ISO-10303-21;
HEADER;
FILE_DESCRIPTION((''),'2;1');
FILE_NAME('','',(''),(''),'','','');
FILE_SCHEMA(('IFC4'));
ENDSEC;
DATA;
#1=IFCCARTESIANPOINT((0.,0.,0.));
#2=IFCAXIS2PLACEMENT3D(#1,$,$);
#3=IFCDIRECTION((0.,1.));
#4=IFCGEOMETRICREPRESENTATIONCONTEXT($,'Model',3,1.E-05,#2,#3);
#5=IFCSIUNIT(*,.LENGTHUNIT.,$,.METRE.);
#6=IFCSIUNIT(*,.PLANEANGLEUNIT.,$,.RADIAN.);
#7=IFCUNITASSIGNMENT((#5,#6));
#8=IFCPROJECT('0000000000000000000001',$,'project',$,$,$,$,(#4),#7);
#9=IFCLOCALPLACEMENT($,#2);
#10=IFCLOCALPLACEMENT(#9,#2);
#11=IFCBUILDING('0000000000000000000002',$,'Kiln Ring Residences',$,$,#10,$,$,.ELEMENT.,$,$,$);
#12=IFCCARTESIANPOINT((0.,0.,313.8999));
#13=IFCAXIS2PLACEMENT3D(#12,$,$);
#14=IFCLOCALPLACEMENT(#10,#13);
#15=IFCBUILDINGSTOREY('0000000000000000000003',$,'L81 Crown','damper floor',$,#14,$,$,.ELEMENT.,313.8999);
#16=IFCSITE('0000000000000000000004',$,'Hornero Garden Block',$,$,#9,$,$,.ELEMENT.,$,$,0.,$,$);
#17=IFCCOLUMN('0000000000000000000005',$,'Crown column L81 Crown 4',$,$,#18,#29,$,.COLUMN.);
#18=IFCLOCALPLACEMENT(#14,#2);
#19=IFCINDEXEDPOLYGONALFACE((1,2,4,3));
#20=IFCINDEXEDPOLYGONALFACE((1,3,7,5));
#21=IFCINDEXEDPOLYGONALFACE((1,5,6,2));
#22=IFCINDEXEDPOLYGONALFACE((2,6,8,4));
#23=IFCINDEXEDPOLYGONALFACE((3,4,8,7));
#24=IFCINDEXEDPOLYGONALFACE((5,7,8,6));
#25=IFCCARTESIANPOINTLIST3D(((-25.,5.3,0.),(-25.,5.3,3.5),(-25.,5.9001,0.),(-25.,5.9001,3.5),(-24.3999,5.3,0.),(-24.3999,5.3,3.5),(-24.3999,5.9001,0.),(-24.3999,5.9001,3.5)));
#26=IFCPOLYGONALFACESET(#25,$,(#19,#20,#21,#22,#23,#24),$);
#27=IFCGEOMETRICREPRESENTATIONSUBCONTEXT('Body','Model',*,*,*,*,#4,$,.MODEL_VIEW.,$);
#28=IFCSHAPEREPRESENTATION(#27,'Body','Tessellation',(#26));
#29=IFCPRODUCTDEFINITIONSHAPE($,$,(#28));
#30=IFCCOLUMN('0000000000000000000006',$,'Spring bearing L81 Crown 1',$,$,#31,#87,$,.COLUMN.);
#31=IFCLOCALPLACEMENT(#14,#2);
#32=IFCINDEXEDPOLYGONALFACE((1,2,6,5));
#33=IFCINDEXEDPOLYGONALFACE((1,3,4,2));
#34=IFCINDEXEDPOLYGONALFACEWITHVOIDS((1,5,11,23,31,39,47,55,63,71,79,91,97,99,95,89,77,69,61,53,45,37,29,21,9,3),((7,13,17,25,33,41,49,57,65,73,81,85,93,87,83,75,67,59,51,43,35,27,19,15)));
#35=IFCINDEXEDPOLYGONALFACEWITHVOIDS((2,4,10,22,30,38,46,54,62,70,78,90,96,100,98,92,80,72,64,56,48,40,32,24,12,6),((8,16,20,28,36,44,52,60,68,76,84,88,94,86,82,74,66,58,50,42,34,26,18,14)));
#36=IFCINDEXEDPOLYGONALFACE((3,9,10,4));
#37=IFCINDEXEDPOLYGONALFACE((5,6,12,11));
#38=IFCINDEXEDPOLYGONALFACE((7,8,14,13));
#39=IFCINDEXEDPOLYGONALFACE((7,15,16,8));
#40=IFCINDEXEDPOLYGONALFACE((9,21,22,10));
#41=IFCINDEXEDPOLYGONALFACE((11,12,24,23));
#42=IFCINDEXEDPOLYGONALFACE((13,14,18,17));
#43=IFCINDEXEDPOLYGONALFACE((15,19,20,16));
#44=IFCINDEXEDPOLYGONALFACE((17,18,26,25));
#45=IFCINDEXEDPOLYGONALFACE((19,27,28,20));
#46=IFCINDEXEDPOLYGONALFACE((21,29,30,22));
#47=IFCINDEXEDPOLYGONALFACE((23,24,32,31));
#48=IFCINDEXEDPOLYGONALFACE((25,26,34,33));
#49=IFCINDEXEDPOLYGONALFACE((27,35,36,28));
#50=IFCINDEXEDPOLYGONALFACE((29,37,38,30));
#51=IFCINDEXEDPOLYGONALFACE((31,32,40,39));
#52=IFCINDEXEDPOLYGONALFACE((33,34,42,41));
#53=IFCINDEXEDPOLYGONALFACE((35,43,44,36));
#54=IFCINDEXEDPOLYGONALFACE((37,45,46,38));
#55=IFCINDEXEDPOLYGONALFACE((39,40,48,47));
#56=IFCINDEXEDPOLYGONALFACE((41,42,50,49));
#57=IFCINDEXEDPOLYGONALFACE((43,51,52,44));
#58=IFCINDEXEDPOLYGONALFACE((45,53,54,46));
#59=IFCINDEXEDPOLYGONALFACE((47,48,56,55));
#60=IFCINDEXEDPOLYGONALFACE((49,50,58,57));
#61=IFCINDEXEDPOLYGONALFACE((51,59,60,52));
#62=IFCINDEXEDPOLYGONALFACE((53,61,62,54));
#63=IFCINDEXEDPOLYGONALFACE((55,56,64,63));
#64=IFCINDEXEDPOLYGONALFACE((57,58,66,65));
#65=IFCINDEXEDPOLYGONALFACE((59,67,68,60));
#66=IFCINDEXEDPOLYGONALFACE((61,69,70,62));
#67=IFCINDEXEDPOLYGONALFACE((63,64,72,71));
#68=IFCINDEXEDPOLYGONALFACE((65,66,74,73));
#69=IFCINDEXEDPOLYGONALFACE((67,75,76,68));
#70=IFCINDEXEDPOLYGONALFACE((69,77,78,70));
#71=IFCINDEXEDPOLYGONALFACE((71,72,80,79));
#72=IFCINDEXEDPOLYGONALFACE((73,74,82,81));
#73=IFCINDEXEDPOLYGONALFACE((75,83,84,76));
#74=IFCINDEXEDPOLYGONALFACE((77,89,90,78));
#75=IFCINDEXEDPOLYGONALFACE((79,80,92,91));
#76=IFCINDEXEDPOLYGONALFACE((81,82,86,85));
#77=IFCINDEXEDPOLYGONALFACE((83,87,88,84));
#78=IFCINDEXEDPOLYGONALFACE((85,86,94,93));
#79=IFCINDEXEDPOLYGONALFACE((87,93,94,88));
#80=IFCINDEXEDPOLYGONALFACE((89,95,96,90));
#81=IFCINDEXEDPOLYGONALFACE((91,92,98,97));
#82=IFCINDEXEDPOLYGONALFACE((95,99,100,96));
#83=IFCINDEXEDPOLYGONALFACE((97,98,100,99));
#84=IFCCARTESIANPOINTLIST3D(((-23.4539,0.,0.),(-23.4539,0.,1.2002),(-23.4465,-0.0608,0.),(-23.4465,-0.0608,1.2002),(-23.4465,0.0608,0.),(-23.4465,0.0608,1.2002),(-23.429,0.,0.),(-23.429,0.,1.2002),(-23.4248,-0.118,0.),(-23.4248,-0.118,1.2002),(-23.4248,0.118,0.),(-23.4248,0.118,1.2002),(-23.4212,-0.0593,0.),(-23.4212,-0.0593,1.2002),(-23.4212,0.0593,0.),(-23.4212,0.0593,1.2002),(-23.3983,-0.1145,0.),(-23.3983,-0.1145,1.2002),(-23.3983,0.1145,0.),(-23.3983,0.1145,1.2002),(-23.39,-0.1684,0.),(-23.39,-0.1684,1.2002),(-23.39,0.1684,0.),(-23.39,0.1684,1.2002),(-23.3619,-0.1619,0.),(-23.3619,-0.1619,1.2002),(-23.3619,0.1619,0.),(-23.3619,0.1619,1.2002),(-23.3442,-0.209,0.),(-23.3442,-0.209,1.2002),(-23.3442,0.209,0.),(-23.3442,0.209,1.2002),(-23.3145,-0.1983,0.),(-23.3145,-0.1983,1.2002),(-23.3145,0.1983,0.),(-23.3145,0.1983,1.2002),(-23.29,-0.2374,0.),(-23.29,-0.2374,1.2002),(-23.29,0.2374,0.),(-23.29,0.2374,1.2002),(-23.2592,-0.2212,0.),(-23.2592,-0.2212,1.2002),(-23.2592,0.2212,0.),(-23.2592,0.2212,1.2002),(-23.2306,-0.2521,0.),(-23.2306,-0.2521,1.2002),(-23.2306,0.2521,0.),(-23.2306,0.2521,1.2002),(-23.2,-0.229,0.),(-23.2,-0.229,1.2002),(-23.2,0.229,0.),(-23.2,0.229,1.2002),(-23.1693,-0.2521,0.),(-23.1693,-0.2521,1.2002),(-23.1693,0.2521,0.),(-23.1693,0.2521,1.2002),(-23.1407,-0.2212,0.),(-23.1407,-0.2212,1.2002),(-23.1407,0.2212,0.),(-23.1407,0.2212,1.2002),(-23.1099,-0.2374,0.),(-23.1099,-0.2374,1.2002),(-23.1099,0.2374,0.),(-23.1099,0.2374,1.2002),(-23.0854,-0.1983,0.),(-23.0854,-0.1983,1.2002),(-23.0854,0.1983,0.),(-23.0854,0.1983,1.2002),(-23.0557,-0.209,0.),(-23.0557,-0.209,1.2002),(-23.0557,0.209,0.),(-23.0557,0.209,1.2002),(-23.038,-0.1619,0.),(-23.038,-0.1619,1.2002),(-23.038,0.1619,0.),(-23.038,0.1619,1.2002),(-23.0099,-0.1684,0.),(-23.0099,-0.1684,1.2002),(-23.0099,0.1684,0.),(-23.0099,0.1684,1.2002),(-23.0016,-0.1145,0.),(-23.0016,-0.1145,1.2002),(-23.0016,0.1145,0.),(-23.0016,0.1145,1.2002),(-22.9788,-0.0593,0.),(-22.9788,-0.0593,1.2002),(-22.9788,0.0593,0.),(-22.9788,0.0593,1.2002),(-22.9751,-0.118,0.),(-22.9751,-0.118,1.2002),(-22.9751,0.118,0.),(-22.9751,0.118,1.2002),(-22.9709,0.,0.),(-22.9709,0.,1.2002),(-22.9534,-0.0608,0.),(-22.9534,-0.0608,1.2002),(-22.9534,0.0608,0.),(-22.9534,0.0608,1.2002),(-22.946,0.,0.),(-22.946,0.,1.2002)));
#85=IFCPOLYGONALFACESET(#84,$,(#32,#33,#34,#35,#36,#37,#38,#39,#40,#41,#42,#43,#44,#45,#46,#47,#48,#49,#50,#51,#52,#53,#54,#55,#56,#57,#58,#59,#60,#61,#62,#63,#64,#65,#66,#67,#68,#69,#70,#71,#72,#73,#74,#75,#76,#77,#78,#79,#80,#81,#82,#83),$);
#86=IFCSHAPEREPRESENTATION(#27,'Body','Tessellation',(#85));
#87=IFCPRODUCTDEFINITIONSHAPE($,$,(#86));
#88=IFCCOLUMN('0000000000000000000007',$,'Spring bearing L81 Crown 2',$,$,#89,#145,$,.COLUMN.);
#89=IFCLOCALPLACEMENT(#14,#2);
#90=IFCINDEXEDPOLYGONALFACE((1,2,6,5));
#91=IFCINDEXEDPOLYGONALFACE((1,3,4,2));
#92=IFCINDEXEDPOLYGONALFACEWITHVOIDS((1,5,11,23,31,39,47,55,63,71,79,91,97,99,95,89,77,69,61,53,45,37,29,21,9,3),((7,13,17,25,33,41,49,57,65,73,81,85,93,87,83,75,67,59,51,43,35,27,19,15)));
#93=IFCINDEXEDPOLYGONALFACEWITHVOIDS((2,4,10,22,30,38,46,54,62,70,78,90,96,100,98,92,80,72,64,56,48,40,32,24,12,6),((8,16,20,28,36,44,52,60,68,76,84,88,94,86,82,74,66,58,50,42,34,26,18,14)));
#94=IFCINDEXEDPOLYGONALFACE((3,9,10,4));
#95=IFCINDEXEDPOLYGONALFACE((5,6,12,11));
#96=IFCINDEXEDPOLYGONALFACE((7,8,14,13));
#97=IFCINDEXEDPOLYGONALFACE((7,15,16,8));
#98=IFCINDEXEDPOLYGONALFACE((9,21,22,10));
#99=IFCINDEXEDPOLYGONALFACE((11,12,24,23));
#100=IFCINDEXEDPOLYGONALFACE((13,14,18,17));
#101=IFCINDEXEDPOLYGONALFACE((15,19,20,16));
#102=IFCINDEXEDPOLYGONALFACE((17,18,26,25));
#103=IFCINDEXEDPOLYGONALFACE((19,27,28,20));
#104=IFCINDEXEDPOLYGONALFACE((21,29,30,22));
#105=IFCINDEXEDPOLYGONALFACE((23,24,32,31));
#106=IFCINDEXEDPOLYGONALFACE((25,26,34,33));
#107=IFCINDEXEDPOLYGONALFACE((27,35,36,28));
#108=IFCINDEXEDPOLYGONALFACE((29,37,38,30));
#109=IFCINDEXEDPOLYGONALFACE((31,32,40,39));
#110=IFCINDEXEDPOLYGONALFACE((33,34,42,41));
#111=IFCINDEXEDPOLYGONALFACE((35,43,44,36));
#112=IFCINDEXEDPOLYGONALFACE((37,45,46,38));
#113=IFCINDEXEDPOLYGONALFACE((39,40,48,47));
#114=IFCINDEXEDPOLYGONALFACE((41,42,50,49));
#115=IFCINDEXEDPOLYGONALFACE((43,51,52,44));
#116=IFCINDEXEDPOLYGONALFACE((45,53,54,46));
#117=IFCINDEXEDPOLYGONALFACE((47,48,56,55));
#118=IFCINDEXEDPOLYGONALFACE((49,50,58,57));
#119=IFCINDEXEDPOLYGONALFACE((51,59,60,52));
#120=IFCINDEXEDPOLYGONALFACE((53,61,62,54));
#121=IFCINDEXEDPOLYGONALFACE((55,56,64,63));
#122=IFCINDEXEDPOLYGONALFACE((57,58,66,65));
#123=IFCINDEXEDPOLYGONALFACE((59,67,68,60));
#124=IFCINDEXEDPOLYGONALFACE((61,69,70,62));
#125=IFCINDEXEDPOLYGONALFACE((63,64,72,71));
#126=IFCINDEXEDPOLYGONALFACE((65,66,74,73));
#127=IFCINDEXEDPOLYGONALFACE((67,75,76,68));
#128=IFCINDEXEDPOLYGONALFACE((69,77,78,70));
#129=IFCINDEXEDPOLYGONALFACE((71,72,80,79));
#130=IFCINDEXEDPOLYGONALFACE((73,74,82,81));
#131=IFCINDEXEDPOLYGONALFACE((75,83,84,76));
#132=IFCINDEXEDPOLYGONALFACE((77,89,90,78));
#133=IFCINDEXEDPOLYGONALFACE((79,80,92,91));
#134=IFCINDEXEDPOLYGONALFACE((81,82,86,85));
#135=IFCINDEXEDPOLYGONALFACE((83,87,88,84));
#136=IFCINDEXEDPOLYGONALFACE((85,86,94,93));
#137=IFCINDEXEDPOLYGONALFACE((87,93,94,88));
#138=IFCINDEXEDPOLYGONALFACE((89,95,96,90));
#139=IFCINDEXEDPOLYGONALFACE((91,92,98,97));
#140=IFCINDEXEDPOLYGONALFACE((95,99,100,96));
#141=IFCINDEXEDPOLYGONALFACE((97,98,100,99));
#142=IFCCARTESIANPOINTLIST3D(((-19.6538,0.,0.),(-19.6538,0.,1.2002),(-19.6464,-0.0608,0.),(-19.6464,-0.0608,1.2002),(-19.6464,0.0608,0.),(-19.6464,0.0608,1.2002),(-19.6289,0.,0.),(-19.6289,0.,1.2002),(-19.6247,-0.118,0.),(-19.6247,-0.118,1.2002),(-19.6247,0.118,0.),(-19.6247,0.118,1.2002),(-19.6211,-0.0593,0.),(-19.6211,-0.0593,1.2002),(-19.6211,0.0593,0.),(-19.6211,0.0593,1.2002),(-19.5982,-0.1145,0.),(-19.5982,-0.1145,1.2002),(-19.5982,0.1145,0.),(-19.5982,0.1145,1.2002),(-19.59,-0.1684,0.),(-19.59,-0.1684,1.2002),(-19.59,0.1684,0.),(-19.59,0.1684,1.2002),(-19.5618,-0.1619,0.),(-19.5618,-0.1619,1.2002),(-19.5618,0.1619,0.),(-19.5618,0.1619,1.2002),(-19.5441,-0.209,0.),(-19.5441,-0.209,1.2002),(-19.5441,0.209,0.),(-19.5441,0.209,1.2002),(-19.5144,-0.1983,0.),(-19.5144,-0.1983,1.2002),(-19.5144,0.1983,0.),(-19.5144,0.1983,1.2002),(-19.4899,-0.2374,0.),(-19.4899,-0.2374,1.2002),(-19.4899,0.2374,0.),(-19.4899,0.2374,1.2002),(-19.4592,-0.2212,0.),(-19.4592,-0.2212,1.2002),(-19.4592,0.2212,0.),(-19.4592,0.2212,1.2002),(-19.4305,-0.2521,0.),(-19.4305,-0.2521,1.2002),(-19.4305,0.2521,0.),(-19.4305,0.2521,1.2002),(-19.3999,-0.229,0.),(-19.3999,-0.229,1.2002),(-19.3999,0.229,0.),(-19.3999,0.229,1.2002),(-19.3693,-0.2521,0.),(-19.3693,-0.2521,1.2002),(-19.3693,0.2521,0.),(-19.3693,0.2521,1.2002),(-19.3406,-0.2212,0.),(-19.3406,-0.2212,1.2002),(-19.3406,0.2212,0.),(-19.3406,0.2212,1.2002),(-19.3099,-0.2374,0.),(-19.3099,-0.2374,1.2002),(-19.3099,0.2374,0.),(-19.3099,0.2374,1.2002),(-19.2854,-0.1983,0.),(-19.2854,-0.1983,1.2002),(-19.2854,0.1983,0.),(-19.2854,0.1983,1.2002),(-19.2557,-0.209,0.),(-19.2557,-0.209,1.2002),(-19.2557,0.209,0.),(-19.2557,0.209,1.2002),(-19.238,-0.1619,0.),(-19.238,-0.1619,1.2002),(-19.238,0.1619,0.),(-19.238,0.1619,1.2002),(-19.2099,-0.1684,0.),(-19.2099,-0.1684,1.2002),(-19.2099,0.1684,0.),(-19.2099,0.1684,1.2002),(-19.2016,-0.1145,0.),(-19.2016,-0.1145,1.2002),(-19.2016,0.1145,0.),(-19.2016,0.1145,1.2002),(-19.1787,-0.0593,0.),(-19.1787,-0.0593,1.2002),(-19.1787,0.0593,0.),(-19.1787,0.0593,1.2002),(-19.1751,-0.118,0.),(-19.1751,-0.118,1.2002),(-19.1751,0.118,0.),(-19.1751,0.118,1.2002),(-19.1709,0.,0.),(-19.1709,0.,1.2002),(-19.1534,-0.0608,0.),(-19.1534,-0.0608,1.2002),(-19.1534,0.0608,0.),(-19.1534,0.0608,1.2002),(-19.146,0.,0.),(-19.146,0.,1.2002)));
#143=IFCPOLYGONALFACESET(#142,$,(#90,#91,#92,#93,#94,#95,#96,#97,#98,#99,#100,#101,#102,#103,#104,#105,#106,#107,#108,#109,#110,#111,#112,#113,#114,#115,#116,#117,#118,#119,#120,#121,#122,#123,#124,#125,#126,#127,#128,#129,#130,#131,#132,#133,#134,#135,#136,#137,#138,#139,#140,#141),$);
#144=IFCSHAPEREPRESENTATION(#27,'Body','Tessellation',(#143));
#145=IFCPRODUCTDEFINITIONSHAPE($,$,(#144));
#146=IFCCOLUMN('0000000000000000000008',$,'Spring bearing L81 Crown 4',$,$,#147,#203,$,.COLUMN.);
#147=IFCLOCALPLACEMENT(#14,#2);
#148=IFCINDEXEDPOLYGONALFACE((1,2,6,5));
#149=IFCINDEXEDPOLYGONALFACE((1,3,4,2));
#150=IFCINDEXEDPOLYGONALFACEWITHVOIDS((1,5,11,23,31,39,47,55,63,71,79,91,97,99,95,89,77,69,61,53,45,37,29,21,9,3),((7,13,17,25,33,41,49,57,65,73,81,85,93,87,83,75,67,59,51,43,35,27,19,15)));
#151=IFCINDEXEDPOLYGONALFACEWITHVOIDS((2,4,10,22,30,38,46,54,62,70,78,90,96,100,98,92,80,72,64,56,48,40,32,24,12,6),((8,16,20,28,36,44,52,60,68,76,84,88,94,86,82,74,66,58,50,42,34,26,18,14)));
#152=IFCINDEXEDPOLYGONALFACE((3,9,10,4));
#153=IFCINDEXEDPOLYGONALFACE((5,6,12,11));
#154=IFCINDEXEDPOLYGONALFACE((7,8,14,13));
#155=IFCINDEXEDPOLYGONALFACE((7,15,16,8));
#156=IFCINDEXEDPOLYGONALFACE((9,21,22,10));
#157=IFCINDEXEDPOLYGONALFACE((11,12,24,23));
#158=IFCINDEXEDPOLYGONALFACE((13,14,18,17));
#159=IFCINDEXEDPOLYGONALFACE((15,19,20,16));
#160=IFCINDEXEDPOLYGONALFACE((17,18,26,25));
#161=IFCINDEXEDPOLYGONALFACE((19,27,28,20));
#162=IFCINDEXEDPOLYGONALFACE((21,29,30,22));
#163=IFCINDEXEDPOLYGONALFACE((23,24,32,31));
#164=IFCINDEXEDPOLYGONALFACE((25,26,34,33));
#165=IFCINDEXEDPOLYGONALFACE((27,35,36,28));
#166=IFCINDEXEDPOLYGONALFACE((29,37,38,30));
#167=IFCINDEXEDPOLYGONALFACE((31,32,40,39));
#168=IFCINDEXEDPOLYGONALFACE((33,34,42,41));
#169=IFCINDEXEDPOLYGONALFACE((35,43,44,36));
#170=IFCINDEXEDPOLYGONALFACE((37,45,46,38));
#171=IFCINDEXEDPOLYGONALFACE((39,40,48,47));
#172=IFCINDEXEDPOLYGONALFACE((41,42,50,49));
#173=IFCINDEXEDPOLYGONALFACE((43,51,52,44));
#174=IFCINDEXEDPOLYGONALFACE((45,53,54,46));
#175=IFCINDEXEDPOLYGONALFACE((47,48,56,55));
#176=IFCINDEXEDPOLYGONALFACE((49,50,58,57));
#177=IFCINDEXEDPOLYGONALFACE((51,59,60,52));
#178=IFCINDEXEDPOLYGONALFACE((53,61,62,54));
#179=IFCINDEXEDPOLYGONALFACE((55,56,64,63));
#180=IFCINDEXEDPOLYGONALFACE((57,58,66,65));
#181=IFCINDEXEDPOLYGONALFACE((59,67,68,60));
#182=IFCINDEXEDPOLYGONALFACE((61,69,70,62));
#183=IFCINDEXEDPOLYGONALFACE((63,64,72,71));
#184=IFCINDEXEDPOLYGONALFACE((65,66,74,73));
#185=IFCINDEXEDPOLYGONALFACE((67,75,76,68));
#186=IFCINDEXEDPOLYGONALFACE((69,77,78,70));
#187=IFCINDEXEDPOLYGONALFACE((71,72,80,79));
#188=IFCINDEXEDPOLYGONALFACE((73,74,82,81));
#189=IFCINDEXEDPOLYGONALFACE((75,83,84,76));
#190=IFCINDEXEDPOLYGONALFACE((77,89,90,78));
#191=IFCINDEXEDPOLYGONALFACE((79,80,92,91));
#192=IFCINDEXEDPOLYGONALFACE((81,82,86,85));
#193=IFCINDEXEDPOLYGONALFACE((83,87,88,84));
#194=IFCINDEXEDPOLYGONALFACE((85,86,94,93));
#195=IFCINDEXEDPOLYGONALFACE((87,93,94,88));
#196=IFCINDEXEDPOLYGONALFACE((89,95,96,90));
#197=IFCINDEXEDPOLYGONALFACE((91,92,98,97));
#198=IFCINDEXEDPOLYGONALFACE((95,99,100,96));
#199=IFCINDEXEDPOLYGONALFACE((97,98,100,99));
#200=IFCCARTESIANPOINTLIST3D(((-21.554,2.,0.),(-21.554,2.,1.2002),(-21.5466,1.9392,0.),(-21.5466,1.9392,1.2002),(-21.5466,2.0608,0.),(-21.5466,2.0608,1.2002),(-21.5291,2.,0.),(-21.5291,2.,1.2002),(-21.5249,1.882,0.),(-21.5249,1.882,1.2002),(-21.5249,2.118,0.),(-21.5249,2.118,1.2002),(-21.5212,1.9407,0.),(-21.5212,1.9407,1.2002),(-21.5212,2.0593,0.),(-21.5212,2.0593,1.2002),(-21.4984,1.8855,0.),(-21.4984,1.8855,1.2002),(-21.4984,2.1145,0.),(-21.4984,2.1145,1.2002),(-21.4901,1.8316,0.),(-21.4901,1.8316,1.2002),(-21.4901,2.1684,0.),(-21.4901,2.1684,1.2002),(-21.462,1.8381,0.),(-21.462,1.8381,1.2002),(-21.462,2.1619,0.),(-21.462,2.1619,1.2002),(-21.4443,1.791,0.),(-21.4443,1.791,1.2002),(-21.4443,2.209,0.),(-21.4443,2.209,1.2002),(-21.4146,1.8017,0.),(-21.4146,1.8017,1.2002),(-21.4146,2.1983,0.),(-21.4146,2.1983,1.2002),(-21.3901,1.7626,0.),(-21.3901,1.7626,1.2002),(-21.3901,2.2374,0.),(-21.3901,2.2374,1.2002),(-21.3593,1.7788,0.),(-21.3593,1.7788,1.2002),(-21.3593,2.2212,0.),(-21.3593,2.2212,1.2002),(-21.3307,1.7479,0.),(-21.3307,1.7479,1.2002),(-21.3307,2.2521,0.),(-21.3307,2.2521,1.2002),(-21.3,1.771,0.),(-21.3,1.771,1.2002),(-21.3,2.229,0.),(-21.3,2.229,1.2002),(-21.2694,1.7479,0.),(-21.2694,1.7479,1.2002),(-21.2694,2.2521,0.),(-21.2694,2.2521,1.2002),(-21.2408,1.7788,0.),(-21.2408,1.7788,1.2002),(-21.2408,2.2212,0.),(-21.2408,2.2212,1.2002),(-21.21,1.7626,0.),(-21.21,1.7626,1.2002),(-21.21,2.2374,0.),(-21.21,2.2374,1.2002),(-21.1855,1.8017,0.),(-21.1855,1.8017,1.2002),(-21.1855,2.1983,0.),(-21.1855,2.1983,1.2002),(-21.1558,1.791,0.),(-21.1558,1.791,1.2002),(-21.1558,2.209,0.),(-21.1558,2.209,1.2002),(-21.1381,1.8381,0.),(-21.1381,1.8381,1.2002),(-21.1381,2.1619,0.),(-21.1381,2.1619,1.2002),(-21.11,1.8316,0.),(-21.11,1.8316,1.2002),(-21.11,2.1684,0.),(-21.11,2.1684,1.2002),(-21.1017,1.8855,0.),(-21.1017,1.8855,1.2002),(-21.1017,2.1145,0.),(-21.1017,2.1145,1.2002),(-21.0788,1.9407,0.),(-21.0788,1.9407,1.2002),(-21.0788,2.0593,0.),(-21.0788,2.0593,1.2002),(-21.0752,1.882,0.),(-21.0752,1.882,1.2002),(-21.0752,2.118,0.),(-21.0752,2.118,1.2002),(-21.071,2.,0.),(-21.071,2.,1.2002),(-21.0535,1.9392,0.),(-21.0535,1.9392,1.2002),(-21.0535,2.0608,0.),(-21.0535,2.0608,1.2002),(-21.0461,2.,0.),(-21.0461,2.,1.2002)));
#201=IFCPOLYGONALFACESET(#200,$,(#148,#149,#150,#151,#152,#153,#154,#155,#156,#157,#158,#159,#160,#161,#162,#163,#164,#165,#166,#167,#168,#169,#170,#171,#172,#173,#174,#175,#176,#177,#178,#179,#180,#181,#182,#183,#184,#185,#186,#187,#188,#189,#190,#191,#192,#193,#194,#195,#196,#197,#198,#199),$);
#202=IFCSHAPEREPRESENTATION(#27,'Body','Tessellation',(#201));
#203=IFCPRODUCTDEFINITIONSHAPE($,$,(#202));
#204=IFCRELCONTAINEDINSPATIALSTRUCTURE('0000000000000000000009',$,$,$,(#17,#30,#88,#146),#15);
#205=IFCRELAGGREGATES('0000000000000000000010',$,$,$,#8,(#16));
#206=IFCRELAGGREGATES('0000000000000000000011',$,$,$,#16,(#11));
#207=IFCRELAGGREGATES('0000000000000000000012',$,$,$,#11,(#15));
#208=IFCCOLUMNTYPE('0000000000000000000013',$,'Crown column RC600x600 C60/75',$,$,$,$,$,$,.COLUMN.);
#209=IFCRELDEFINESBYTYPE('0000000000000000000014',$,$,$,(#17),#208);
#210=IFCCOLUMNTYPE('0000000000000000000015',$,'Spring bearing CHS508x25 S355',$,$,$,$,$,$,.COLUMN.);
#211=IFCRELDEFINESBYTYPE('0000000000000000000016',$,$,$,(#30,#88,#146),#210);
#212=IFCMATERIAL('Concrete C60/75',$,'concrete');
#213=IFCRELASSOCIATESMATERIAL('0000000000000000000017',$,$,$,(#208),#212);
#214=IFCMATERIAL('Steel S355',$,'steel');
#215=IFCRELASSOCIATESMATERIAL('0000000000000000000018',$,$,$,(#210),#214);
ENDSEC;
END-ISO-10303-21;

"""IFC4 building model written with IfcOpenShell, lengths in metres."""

from ifc_helpers import new_model, si_unit, direction, frame, origin, origin_2d, place, context, subcontext, project, spatial, rectangle, hollow_circle, extrude, material, material_profile, profile_set, type_object, element, save


model = new_model("IFC4")

# Units and contexts
model_context = context("Model", 3, precision=1e-05, world=origin(), true_north=direction((0.0, 1.0)))
body_context = subcontext(model_context, "Body", "Model", "MODEL_VIEW")
ifc_project = project(units=[si_unit("LENGTHUNIT", "METRE"), si_unit("PLANEANGLEUNIT", "RADIAN")], contexts=[model_context])

# Site, building, storey
site_placement = place(None, origin())
site = spatial("IfcSite", under=ifc_project, at=site_placement, Name="Hornero Garden Block", CompositionType="ELEMENT", RefElevation=0.0)
building_placement = place(site_placement, origin())
building = spatial("IfcBuilding", under=site, at=building_placement, Name="Kiln Ring Residences", CompositionType="ELEMENT")
storey_placement = place(building_placement, frame((0.0, 0.0, 313.8999)))
storey = spatial("IfcBuildingStorey", under=building, at=storey_placement, Name="L81 Crown", Description="damper floor", CompositionType="ELEMENT", Elevation=313.8999)

# Columns
ifc_material_1 = material(Name="Concrete C60/75", Category="concrete")
ifc_material_profile_1 = material_profile(ifc_material_1, rectangle(XDim=0.6001, YDim=0.6001, at=origin_2d()), Name="RC600x600")
ifc_profile_set_1 = profile_set([ifc_material_profile_1], Name="Concrete C60/75")
column_type_1 = type_object("IfcColumnType", Name="Crown column RC600x600 C60/75", PredefinedType="COLUMN", material=ifc_profile_set_1)
column_placement = place(storey_placement, frame((-24.7, 5.6001, 0.0), z_axis=(0.0, 0.0, 1.0), x_axis=(1.0, 0.0, 0.0)))
element("IfcColumn", 1, at=column_placement, inside=storey, type_object=column_type_1, Name="Crown column L81 Crown 4", PredefinedType="COLUMN", context=body_context, shape_type="SweptSolid", body=[
    extrude(rectangle(XDim=0.6001, YDim=0.6001, at=origin_2d()), origin(), (0.0, 0.0, 1.0), 3.5),
])
ifc_material_2 = material(Name="Steel S355", Category="steel")
ifc_material_profile_2 = material_profile(ifc_material_2, hollow_circle(Radius=0.2539, WallThickness=0.0249, at=origin_2d()), Name="CHS508x25")
ifc_profile_set_2 = profile_set([ifc_material_profile_2], Name="Steel S355")
column_type_2 = type_object("IfcColumnType", Name="Spring bearing CHS508x25 S355", PredefinedType="COLUMN", material=ifc_profile_set_2)
for number, where, z_axis, x_axis, name in (
    (2, (-23.2, 0.0, 0.0), (0.0, 0.0, 1.0), (1.0, 0.0, 0.0), "Spring bearing L81 Crown 1"),
    (3, (-19.3999, 0.0, 0.0), (0.0, 0.0, 1.0), (1.0, 0.0, 0.0), "Spring bearing L81 Crown 2"),
    (4, (-21.3, 2.0, 0.0), (0.0, 0.0, 1.0), (1.0, 0.0, 0.0), "Spring bearing L81 Crown 4"),
):
    element("IfcColumn", number, at=place(storey_placement, frame(where, z_axis=z_axis, x_axis=x_axis)), inside=storey, type_object=column_type_2, Name=name, PredefinedType="COLUMN", context=body_context, shape_type="SweptSolid", body=[
        extrude(hollow_circle(Radius=0.2539, WallThickness=0.0249, at=origin_2d()), origin(), (0.0, 0.0, 1.0), 1.2002),
    ])

save(model, "model.ifc")
